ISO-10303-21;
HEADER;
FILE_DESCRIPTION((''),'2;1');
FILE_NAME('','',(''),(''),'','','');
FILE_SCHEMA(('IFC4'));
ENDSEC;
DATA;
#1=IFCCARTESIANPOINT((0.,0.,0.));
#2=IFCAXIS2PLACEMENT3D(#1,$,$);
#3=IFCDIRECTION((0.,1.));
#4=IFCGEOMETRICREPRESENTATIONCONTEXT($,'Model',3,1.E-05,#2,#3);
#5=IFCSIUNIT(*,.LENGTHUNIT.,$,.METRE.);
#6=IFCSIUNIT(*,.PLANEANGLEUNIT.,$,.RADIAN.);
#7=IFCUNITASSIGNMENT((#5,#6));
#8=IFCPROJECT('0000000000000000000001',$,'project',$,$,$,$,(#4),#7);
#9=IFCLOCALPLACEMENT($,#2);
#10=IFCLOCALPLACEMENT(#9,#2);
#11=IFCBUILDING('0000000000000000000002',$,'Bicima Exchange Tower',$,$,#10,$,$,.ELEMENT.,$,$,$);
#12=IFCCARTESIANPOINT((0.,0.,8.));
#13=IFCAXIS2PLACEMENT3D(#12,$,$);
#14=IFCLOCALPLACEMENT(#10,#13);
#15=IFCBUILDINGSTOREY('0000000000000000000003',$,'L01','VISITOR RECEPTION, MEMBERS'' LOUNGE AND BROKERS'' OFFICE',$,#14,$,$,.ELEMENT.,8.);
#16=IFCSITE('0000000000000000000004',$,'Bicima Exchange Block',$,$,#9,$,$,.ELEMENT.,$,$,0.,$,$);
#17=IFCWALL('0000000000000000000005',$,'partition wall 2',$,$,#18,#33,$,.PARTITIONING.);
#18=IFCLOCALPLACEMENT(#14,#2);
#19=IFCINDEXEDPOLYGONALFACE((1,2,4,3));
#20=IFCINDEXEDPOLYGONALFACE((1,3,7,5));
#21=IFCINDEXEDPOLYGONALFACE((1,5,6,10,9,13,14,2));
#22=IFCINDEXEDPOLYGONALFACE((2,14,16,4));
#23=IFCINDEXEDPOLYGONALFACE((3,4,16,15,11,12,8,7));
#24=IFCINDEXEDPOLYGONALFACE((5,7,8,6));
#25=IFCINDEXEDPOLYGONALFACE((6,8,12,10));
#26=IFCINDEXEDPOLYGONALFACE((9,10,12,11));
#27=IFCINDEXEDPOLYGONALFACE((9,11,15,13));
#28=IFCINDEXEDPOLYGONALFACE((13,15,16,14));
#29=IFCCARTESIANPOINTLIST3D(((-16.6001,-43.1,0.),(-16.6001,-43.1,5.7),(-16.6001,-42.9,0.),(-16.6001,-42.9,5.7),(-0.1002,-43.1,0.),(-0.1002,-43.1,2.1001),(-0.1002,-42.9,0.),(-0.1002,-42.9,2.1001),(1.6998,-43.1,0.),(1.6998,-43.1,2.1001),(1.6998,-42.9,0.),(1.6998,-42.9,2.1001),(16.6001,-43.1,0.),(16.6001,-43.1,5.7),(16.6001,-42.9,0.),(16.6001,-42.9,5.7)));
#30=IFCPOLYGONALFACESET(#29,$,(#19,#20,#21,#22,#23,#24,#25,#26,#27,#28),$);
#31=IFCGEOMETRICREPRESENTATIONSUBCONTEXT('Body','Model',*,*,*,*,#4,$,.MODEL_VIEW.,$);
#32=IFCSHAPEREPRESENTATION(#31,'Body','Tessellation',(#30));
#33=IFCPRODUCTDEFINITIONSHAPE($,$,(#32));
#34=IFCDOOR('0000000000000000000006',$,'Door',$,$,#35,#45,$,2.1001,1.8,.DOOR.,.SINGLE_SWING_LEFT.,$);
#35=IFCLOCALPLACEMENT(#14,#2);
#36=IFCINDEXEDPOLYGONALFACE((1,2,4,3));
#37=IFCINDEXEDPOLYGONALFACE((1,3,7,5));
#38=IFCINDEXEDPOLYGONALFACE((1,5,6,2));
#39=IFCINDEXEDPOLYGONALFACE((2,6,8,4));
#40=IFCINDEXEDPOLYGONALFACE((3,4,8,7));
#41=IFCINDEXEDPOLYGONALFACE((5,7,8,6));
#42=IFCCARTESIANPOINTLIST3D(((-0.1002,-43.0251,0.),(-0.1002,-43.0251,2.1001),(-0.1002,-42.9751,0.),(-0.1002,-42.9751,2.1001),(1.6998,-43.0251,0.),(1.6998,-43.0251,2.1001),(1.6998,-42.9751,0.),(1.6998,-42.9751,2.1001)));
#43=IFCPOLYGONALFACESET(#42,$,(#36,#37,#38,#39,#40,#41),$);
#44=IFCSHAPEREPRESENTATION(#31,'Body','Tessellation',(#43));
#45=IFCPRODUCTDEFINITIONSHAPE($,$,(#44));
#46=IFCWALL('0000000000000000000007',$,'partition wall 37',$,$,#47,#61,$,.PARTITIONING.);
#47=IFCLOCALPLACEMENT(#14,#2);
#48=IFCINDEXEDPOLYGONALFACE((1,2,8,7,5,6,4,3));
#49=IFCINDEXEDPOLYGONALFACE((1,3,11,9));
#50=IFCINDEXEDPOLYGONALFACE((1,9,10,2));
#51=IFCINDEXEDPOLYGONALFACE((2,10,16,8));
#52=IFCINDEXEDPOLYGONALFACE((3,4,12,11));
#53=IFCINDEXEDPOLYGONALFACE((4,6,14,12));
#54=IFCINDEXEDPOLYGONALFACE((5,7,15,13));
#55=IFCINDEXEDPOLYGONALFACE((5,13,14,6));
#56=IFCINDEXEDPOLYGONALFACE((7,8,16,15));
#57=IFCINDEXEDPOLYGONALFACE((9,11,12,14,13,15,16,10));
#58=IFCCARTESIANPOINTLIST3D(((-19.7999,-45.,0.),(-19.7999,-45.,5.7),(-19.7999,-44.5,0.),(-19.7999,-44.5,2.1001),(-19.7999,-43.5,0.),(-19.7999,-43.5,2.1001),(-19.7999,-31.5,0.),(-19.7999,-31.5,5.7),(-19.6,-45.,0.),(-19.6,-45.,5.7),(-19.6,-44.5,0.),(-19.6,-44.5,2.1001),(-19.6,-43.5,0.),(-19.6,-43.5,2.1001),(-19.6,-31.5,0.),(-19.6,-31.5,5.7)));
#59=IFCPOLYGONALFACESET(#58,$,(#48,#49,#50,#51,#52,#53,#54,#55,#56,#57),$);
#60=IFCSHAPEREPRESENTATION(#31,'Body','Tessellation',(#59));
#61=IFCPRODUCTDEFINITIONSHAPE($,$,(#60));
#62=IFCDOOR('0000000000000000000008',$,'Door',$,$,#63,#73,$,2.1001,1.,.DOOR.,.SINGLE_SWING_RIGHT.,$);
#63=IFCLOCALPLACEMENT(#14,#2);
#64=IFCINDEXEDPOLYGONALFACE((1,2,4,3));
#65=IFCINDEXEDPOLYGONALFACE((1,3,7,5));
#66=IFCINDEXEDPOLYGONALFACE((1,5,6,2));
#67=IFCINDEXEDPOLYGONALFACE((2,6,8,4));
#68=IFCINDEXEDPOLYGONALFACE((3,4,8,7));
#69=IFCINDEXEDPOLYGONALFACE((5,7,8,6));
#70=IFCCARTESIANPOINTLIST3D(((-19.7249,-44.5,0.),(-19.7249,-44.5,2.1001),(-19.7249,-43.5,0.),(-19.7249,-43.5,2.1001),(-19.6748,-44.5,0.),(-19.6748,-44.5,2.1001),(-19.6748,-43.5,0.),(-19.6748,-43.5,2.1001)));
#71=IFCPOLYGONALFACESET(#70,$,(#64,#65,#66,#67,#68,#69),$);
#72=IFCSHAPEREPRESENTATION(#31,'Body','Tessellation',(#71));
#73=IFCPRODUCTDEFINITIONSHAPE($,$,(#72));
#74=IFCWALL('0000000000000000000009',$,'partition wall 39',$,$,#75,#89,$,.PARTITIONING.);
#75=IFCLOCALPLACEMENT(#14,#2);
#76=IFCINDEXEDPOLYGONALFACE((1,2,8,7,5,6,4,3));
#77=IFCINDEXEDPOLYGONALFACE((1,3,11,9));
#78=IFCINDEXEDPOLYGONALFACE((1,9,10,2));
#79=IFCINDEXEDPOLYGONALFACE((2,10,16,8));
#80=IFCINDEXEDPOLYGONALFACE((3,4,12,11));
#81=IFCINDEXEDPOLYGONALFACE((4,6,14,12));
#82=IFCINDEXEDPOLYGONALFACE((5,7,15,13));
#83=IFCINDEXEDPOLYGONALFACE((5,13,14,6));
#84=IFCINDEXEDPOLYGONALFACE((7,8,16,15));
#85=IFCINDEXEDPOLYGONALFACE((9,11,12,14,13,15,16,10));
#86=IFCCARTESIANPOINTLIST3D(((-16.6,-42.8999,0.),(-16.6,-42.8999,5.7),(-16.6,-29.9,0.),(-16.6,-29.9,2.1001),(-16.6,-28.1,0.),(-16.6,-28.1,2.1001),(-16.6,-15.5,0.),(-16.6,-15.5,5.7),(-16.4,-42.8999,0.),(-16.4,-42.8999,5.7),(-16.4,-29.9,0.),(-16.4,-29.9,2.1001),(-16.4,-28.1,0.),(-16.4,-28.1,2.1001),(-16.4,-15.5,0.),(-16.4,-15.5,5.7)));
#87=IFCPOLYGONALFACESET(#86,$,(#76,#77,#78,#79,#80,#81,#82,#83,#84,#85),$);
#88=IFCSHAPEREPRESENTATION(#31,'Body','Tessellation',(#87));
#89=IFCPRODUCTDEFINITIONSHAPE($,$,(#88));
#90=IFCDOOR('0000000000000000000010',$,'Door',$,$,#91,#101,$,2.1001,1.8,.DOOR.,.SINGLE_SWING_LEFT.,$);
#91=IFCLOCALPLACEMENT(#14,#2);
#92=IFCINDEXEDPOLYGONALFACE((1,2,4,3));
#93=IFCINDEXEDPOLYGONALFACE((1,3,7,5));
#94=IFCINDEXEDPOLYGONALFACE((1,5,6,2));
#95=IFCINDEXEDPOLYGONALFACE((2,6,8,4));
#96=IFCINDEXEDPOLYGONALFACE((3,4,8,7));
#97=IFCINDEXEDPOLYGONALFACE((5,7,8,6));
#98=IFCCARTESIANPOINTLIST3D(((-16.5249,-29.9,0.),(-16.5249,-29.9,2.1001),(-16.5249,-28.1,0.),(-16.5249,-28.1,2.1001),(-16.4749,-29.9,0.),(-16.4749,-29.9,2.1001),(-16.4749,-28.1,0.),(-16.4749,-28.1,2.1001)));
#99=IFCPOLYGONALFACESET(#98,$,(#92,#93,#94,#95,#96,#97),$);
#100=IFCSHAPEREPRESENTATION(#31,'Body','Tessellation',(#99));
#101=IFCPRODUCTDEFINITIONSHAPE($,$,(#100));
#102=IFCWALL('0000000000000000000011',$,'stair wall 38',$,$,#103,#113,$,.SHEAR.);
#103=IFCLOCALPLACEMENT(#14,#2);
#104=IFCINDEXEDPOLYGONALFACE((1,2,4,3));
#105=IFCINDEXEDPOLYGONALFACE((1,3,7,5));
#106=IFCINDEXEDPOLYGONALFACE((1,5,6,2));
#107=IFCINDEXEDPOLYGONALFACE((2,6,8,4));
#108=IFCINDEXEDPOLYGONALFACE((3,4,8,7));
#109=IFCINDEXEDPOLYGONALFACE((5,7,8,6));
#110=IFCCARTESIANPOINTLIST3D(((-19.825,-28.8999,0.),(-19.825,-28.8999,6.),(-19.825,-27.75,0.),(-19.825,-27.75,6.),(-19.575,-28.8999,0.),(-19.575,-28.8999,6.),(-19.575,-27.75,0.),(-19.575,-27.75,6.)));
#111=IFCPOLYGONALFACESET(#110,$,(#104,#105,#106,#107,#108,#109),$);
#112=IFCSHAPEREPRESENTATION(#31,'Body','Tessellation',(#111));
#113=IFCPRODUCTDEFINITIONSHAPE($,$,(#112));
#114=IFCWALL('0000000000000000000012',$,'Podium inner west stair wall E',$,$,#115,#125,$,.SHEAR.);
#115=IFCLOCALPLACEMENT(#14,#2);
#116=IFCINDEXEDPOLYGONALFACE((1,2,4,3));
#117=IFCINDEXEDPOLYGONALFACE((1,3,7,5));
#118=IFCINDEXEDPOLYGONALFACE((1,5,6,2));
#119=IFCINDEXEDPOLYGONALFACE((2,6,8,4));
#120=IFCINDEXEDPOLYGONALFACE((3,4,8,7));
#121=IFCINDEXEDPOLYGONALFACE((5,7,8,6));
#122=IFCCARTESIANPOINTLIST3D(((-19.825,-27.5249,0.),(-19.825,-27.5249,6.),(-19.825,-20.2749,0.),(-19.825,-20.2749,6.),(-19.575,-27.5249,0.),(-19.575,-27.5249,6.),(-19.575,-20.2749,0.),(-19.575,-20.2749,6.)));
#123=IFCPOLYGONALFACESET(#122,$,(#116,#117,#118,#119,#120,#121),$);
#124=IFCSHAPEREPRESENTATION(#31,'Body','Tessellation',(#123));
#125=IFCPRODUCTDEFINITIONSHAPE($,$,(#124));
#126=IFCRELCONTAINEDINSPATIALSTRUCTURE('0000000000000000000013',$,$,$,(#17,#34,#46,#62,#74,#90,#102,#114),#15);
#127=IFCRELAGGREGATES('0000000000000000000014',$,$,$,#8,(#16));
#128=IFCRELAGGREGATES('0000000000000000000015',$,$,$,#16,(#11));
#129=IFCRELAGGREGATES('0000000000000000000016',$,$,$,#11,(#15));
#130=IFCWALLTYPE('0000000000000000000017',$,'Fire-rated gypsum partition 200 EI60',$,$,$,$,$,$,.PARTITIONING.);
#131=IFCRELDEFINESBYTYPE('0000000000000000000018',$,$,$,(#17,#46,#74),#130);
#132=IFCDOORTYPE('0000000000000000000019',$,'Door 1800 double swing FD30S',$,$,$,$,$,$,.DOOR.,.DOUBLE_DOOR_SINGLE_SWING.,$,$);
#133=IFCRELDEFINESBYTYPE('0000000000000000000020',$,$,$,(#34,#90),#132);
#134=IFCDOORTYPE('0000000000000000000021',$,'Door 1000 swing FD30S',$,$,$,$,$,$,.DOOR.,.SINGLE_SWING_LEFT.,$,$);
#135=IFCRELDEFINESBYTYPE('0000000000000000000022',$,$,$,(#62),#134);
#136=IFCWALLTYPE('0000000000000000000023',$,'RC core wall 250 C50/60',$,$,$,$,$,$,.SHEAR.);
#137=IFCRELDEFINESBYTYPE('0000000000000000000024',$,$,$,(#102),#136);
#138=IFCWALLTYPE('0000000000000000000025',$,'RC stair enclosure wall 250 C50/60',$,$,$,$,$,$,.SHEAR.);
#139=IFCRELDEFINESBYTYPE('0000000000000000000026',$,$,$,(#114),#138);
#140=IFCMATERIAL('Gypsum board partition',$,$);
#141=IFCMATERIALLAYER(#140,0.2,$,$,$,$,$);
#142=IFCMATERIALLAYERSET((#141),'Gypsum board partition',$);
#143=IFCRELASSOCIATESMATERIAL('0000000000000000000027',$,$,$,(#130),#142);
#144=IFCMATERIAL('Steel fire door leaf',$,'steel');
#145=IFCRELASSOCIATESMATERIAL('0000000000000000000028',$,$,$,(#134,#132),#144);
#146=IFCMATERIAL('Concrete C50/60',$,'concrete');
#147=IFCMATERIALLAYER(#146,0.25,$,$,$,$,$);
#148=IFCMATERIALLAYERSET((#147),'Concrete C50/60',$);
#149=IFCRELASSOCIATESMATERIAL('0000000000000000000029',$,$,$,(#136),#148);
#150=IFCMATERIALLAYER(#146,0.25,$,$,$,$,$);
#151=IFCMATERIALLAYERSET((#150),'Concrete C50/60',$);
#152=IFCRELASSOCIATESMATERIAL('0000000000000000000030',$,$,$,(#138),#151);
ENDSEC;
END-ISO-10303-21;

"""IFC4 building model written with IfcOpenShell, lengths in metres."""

from ifc_helpers import new_model, si_unit, direction, frame, frame_2d, origin, place, context, subcontext, project, spatial, rectangle, extrude, material, layer, layer_set, type_object, element, fill, save


model = new_model("IFC4")

# Units and contexts
model_context = context("Model", 3, precision=1e-05, world=origin(), true_north=direction((0.0, 1.0)))
body_context = subcontext(model_context, "Body", "Model", "MODEL_VIEW")
ifc_project = project(units=[si_unit("LENGTHUNIT", "METRE"), si_unit("PLANEANGLEUNIT", "RADIAN")], contexts=[model_context])

# Site, building, storey
site_placement = place(None, origin())
site = spatial("IfcSite", under=ifc_project, at=site_placement, Name="Bicima Exchange Block", CompositionType="ELEMENT", RefElevation=0.0)
building_placement = place(site_placement, origin())
building = spatial("IfcBuilding", under=site, at=building_placement, Name="Bicima Exchange Tower", CompositionType="ELEMENT")
storey_placement = place(building_placement, frame((0.0, 0.0, 8.0)))
storey = spatial("IfcBuildingStorey", under=building, at=storey_placement, Name="L01", Description="VISITOR RECEPTION, MEMBERS' LOUNGE AND BROKERS' OFFICE", CompositionType="ELEMENT", Elevation=8.0)

# Walls, openings, doors
ifc_material_1 = material(Name="Gypsum board partition")
ifc_layer_1 = layer(ifc_material_1, 0.2)
ifc_layer_set_1 = layer_set([ifc_layer_1], Name="Gypsum board partition")
wall_type_1 = type_object("IfcWallType", Name="Fire-rated gypsum partition 200 EI60", PredefinedType="PARTITIONING", material=ifc_layer_set_1)
ifc_material_2 = material(Name="Steel fire door leaf", Category="steel")
door_type_1 = type_object("IfcDoorType", Name="Door 1000 swing FD30S", OperationType="SINGLE_SWING_LEFT", PredefinedType="DOOR", material=ifc_material_2)
wall_1_placement = place(storey_placement, frame((-16.6001, -43.0, 0.0), z_axis=(0.0, 0.0, 1.0), x_axis=(1.0, 0.0, 0.0)))
wall_1 = element("IfcWall", 1, at=wall_1_placement, inside=storey, type_object=wall_type_1, Name="partition wall 2", PredefinedType="PARTITIONING", context=body_context, shape_type="SweptSolid", body=[
    extrude(rectangle(XDim=33.2002, YDim=0.2, at=frame_2d((16.6001, 0.0))), origin(), (0.0, 0.0, 1.0), 5.7),
])
opening_1_placement = place(wall_1_placement, frame((16.5, 0.0, 0.0)))
opening_1 = element("IfcOpeningElement", 2, at=opening_1_placement, cuts=wall_1, PredefinedType="OPENING", context=body_context, shape_type="SweptSolid", body=[
    extrude(rectangle(XDim=1.8, YDim=2.1001, at=frame_2d((0.8999, 1.05))), frame((0.0, 0.1118, 0.0), z_axis=(0.0, -1.0, 0.0), x_axis=(1.0, 0.0, 0.0)), (0.0, 0.0, 1.0), 0.2239),
])
door_type_2 = type_object("IfcDoorType", Name="Door 1800 double swing FD30S", OperationType="DOUBLE_DOOR_SINGLE_SWING", PredefinedType="DOOR", material=ifc_material_2)
door_1_placement = place(opening_1_placement, origin())
door_1 = element("IfcDoor", 3, at=door_1_placement, inside=storey, type_object=door_type_2, Name="Door", OperationType="SINGLE_SWING_LEFT", OverallHeight=2.1001, OverallWidth=1.8, PredefinedType="DOOR", context=body_context, shape_type="SweptSolid", body=[
    extrude(rectangle(XDim=1.8, YDim=2.1001, at=frame_2d((0.8999, 1.05))), frame((0.0, 0.0249, 0.0), z_axis=(0.0, -1.0, 0.0), x_axis=(1.0, 0.0, 0.0)), (0.0, 0.0, 1.0), 0.05),
])
fill(opening_1, door_1)
wall_2_placement = place(storey_placement, frame((-19.7, -45.0, 0.0), z_axis=(0.0, 0.0, 1.0), x_axis=(0.0, 1.0, 0.0)))
wall_2 = element("IfcWall", 4, at=wall_2_placement, inside=storey, type_object=wall_type_1, Name="partition wall 37", PredefinedType="PARTITIONING", context=body_context, shape_type="SweptSolid", body=[
    extrude(rectangle(XDim=13.5, YDim=0.2, at=frame_2d((6.75, 0.0))), origin(), (0.0, 0.0, 1.0), 5.7),
])
opening_2_placement = place(wall_2_placement, frame((0.5, 0.0, 0.0)))
opening_2 = element("IfcOpeningElement", 5, at=opening_2_placement, cuts=wall_2, PredefinedType="OPENING", context=body_context, shape_type="SweptSolid", body=[
    extrude(rectangle(XDim=1.0, YDim=2.1001, at=frame_2d((0.5, 1.05))), frame((0.0, 0.1118, 0.0), z_axis=(0.0, -1.0, 0.0), x_axis=(1.0, 0.0, 0.0)), (0.0, 0.0, 1.0), 0.2239),
])
door_2_placement = place(opening_2_placement, origin())
door_2 = element("IfcDoor", 6, at=door_2_placement, inside=storey, type_object=door_type_1, Name="Door", OperationType="SINGLE_SWING_RIGHT", OverallHeight=2.1001, OverallWidth=1.0, PredefinedType="DOOR", context=body_context, shape_type="SweptSolid", body=[
    extrude(rectangle(XDim=1.0, YDim=2.1001, at=frame_2d((0.5, 1.05))), frame((0.0, 0.0249, 0.0), z_axis=(0.0, -1.0, 0.0), x_axis=(1.0, 0.0, 0.0)), (0.0, 0.0, 1.0), 0.05),
])
fill(opening_2, door_2)
wall_3_placement = place(storey_placement, frame((-16.5, -42.8999, 0.0), z_axis=(0.0, 0.0, 1.0), x_axis=(0.0, 1.0, 0.0)))
wall_3 = element("IfcWall", 7, at=wall_3_placement, inside=storey, type_object=wall_type_1, Name="partition wall 39", PredefinedType="PARTITIONING", context=body_context, shape_type="SweptSolid", body=[
    extrude(rectangle(XDim=27.3999, YDim=0.2, at=frame_2d((13.7, 0.0))), origin(), (0.0, 0.0, 1.0), 5.7),
])
opening_3_placement = place(wall_3_placement, frame((13.0, 0.0, 0.0)))
opening_3 = element("IfcOpeningElement", 8, at=opening_3_placement, cuts=wall_3, PredefinedType="OPENING", context=body_context, shape_type="SweptSolid", body=[
    extrude(rectangle(XDim=1.8, YDim=2.1001, at=frame_2d((0.8999, 1.05))), frame((0.0, 0.1118, 0.0), z_axis=(0.0, -1.0, 0.0), x_axis=(1.0, 0.0, 0.0)), (0.0, 0.0, 1.0), 0.2239),
])
door_3_placement = place(opening_3_placement, origin())
door_3 = element("IfcDoor", 9, at=door_3_placement, inside=storey, type_object=door_type_2, Name="Door", OperationType="SINGLE_SWING_LEFT", OverallHeight=2.1001, OverallWidth=1.8, PredefinedType="DOOR", context=body_context, shape_type="SweptSolid", body=[
    extrude(rectangle(XDim=1.8, YDim=2.1001, at=frame_2d((0.8999, 1.05))), frame((0.0, 0.0249, 0.0), z_axis=(0.0, -1.0, 0.0), x_axis=(1.0, 0.0, 0.0)), (0.0, 0.0, 1.0), 0.05),
])
fill(opening_3, door_3)

# Walls
ifc_material_3 = material(Name="Concrete C50/60", Category="concrete")
ifc_layer_2 = layer(ifc_material_3, 0.25)
ifc_layer_set_2 = layer_set([ifc_layer_2], Name="Concrete C50/60")
wall_type_2 = type_object("IfcWallType", Name="RC core wall 250 C50/60", PredefinedType="SHEAR", material=ifc_layer_set_2)
wall_4_placement = place(storey_placement, frame((-19.7, -28.8999, 0.0), z_axis=(0.0, 0.0, 1.0), x_axis=(0.0, 1.0, 0.0)))
element("IfcWall", 10, at=wall_4_placement, inside=storey, type_object=wall_type_2, Name="stair wall 38", PredefinedType="SHEAR", context=body_context, shape_type="SweptSolid", body=[
    extrude(rectangle(XDim=1.1499, YDim=0.25, at=frame_2d((0.575, 0.0))), origin(), (0.0, 0.0, 1.0), 6.0),
])
ifc_layer_3 = layer(ifc_material_3, 0.25)
ifc_layer_set_3 = layer_set([ifc_layer_3], Name="Concrete C50/60")
wall_type_3 = type_object("IfcWallType", Name="RC stair enclosure wall 250 C50/60", PredefinedType="SHEAR", material=ifc_layer_set_3)
wall_5_placement = place(storey_placement, frame((-19.7, -27.5249, 0.0), z_axis=(0.0, 0.0, 1.0), x_axis=(0.0, 1.0, 0.0)))
element("IfcWall", 11, at=wall_5_placement, inside=storey, type_object=wall_type_3, Name="Podium inner west stair wall E", PredefinedType="SHEAR", context=body_context, shape_type="SweptSolid", body=[
    extrude(rectangle(XDim=7.25, YDim=0.25, at=frame_2d((3.625, 0.0))), origin(), (0.0, 0.0, 1.0), 6.0),
])

save(model, "model.ifc")
